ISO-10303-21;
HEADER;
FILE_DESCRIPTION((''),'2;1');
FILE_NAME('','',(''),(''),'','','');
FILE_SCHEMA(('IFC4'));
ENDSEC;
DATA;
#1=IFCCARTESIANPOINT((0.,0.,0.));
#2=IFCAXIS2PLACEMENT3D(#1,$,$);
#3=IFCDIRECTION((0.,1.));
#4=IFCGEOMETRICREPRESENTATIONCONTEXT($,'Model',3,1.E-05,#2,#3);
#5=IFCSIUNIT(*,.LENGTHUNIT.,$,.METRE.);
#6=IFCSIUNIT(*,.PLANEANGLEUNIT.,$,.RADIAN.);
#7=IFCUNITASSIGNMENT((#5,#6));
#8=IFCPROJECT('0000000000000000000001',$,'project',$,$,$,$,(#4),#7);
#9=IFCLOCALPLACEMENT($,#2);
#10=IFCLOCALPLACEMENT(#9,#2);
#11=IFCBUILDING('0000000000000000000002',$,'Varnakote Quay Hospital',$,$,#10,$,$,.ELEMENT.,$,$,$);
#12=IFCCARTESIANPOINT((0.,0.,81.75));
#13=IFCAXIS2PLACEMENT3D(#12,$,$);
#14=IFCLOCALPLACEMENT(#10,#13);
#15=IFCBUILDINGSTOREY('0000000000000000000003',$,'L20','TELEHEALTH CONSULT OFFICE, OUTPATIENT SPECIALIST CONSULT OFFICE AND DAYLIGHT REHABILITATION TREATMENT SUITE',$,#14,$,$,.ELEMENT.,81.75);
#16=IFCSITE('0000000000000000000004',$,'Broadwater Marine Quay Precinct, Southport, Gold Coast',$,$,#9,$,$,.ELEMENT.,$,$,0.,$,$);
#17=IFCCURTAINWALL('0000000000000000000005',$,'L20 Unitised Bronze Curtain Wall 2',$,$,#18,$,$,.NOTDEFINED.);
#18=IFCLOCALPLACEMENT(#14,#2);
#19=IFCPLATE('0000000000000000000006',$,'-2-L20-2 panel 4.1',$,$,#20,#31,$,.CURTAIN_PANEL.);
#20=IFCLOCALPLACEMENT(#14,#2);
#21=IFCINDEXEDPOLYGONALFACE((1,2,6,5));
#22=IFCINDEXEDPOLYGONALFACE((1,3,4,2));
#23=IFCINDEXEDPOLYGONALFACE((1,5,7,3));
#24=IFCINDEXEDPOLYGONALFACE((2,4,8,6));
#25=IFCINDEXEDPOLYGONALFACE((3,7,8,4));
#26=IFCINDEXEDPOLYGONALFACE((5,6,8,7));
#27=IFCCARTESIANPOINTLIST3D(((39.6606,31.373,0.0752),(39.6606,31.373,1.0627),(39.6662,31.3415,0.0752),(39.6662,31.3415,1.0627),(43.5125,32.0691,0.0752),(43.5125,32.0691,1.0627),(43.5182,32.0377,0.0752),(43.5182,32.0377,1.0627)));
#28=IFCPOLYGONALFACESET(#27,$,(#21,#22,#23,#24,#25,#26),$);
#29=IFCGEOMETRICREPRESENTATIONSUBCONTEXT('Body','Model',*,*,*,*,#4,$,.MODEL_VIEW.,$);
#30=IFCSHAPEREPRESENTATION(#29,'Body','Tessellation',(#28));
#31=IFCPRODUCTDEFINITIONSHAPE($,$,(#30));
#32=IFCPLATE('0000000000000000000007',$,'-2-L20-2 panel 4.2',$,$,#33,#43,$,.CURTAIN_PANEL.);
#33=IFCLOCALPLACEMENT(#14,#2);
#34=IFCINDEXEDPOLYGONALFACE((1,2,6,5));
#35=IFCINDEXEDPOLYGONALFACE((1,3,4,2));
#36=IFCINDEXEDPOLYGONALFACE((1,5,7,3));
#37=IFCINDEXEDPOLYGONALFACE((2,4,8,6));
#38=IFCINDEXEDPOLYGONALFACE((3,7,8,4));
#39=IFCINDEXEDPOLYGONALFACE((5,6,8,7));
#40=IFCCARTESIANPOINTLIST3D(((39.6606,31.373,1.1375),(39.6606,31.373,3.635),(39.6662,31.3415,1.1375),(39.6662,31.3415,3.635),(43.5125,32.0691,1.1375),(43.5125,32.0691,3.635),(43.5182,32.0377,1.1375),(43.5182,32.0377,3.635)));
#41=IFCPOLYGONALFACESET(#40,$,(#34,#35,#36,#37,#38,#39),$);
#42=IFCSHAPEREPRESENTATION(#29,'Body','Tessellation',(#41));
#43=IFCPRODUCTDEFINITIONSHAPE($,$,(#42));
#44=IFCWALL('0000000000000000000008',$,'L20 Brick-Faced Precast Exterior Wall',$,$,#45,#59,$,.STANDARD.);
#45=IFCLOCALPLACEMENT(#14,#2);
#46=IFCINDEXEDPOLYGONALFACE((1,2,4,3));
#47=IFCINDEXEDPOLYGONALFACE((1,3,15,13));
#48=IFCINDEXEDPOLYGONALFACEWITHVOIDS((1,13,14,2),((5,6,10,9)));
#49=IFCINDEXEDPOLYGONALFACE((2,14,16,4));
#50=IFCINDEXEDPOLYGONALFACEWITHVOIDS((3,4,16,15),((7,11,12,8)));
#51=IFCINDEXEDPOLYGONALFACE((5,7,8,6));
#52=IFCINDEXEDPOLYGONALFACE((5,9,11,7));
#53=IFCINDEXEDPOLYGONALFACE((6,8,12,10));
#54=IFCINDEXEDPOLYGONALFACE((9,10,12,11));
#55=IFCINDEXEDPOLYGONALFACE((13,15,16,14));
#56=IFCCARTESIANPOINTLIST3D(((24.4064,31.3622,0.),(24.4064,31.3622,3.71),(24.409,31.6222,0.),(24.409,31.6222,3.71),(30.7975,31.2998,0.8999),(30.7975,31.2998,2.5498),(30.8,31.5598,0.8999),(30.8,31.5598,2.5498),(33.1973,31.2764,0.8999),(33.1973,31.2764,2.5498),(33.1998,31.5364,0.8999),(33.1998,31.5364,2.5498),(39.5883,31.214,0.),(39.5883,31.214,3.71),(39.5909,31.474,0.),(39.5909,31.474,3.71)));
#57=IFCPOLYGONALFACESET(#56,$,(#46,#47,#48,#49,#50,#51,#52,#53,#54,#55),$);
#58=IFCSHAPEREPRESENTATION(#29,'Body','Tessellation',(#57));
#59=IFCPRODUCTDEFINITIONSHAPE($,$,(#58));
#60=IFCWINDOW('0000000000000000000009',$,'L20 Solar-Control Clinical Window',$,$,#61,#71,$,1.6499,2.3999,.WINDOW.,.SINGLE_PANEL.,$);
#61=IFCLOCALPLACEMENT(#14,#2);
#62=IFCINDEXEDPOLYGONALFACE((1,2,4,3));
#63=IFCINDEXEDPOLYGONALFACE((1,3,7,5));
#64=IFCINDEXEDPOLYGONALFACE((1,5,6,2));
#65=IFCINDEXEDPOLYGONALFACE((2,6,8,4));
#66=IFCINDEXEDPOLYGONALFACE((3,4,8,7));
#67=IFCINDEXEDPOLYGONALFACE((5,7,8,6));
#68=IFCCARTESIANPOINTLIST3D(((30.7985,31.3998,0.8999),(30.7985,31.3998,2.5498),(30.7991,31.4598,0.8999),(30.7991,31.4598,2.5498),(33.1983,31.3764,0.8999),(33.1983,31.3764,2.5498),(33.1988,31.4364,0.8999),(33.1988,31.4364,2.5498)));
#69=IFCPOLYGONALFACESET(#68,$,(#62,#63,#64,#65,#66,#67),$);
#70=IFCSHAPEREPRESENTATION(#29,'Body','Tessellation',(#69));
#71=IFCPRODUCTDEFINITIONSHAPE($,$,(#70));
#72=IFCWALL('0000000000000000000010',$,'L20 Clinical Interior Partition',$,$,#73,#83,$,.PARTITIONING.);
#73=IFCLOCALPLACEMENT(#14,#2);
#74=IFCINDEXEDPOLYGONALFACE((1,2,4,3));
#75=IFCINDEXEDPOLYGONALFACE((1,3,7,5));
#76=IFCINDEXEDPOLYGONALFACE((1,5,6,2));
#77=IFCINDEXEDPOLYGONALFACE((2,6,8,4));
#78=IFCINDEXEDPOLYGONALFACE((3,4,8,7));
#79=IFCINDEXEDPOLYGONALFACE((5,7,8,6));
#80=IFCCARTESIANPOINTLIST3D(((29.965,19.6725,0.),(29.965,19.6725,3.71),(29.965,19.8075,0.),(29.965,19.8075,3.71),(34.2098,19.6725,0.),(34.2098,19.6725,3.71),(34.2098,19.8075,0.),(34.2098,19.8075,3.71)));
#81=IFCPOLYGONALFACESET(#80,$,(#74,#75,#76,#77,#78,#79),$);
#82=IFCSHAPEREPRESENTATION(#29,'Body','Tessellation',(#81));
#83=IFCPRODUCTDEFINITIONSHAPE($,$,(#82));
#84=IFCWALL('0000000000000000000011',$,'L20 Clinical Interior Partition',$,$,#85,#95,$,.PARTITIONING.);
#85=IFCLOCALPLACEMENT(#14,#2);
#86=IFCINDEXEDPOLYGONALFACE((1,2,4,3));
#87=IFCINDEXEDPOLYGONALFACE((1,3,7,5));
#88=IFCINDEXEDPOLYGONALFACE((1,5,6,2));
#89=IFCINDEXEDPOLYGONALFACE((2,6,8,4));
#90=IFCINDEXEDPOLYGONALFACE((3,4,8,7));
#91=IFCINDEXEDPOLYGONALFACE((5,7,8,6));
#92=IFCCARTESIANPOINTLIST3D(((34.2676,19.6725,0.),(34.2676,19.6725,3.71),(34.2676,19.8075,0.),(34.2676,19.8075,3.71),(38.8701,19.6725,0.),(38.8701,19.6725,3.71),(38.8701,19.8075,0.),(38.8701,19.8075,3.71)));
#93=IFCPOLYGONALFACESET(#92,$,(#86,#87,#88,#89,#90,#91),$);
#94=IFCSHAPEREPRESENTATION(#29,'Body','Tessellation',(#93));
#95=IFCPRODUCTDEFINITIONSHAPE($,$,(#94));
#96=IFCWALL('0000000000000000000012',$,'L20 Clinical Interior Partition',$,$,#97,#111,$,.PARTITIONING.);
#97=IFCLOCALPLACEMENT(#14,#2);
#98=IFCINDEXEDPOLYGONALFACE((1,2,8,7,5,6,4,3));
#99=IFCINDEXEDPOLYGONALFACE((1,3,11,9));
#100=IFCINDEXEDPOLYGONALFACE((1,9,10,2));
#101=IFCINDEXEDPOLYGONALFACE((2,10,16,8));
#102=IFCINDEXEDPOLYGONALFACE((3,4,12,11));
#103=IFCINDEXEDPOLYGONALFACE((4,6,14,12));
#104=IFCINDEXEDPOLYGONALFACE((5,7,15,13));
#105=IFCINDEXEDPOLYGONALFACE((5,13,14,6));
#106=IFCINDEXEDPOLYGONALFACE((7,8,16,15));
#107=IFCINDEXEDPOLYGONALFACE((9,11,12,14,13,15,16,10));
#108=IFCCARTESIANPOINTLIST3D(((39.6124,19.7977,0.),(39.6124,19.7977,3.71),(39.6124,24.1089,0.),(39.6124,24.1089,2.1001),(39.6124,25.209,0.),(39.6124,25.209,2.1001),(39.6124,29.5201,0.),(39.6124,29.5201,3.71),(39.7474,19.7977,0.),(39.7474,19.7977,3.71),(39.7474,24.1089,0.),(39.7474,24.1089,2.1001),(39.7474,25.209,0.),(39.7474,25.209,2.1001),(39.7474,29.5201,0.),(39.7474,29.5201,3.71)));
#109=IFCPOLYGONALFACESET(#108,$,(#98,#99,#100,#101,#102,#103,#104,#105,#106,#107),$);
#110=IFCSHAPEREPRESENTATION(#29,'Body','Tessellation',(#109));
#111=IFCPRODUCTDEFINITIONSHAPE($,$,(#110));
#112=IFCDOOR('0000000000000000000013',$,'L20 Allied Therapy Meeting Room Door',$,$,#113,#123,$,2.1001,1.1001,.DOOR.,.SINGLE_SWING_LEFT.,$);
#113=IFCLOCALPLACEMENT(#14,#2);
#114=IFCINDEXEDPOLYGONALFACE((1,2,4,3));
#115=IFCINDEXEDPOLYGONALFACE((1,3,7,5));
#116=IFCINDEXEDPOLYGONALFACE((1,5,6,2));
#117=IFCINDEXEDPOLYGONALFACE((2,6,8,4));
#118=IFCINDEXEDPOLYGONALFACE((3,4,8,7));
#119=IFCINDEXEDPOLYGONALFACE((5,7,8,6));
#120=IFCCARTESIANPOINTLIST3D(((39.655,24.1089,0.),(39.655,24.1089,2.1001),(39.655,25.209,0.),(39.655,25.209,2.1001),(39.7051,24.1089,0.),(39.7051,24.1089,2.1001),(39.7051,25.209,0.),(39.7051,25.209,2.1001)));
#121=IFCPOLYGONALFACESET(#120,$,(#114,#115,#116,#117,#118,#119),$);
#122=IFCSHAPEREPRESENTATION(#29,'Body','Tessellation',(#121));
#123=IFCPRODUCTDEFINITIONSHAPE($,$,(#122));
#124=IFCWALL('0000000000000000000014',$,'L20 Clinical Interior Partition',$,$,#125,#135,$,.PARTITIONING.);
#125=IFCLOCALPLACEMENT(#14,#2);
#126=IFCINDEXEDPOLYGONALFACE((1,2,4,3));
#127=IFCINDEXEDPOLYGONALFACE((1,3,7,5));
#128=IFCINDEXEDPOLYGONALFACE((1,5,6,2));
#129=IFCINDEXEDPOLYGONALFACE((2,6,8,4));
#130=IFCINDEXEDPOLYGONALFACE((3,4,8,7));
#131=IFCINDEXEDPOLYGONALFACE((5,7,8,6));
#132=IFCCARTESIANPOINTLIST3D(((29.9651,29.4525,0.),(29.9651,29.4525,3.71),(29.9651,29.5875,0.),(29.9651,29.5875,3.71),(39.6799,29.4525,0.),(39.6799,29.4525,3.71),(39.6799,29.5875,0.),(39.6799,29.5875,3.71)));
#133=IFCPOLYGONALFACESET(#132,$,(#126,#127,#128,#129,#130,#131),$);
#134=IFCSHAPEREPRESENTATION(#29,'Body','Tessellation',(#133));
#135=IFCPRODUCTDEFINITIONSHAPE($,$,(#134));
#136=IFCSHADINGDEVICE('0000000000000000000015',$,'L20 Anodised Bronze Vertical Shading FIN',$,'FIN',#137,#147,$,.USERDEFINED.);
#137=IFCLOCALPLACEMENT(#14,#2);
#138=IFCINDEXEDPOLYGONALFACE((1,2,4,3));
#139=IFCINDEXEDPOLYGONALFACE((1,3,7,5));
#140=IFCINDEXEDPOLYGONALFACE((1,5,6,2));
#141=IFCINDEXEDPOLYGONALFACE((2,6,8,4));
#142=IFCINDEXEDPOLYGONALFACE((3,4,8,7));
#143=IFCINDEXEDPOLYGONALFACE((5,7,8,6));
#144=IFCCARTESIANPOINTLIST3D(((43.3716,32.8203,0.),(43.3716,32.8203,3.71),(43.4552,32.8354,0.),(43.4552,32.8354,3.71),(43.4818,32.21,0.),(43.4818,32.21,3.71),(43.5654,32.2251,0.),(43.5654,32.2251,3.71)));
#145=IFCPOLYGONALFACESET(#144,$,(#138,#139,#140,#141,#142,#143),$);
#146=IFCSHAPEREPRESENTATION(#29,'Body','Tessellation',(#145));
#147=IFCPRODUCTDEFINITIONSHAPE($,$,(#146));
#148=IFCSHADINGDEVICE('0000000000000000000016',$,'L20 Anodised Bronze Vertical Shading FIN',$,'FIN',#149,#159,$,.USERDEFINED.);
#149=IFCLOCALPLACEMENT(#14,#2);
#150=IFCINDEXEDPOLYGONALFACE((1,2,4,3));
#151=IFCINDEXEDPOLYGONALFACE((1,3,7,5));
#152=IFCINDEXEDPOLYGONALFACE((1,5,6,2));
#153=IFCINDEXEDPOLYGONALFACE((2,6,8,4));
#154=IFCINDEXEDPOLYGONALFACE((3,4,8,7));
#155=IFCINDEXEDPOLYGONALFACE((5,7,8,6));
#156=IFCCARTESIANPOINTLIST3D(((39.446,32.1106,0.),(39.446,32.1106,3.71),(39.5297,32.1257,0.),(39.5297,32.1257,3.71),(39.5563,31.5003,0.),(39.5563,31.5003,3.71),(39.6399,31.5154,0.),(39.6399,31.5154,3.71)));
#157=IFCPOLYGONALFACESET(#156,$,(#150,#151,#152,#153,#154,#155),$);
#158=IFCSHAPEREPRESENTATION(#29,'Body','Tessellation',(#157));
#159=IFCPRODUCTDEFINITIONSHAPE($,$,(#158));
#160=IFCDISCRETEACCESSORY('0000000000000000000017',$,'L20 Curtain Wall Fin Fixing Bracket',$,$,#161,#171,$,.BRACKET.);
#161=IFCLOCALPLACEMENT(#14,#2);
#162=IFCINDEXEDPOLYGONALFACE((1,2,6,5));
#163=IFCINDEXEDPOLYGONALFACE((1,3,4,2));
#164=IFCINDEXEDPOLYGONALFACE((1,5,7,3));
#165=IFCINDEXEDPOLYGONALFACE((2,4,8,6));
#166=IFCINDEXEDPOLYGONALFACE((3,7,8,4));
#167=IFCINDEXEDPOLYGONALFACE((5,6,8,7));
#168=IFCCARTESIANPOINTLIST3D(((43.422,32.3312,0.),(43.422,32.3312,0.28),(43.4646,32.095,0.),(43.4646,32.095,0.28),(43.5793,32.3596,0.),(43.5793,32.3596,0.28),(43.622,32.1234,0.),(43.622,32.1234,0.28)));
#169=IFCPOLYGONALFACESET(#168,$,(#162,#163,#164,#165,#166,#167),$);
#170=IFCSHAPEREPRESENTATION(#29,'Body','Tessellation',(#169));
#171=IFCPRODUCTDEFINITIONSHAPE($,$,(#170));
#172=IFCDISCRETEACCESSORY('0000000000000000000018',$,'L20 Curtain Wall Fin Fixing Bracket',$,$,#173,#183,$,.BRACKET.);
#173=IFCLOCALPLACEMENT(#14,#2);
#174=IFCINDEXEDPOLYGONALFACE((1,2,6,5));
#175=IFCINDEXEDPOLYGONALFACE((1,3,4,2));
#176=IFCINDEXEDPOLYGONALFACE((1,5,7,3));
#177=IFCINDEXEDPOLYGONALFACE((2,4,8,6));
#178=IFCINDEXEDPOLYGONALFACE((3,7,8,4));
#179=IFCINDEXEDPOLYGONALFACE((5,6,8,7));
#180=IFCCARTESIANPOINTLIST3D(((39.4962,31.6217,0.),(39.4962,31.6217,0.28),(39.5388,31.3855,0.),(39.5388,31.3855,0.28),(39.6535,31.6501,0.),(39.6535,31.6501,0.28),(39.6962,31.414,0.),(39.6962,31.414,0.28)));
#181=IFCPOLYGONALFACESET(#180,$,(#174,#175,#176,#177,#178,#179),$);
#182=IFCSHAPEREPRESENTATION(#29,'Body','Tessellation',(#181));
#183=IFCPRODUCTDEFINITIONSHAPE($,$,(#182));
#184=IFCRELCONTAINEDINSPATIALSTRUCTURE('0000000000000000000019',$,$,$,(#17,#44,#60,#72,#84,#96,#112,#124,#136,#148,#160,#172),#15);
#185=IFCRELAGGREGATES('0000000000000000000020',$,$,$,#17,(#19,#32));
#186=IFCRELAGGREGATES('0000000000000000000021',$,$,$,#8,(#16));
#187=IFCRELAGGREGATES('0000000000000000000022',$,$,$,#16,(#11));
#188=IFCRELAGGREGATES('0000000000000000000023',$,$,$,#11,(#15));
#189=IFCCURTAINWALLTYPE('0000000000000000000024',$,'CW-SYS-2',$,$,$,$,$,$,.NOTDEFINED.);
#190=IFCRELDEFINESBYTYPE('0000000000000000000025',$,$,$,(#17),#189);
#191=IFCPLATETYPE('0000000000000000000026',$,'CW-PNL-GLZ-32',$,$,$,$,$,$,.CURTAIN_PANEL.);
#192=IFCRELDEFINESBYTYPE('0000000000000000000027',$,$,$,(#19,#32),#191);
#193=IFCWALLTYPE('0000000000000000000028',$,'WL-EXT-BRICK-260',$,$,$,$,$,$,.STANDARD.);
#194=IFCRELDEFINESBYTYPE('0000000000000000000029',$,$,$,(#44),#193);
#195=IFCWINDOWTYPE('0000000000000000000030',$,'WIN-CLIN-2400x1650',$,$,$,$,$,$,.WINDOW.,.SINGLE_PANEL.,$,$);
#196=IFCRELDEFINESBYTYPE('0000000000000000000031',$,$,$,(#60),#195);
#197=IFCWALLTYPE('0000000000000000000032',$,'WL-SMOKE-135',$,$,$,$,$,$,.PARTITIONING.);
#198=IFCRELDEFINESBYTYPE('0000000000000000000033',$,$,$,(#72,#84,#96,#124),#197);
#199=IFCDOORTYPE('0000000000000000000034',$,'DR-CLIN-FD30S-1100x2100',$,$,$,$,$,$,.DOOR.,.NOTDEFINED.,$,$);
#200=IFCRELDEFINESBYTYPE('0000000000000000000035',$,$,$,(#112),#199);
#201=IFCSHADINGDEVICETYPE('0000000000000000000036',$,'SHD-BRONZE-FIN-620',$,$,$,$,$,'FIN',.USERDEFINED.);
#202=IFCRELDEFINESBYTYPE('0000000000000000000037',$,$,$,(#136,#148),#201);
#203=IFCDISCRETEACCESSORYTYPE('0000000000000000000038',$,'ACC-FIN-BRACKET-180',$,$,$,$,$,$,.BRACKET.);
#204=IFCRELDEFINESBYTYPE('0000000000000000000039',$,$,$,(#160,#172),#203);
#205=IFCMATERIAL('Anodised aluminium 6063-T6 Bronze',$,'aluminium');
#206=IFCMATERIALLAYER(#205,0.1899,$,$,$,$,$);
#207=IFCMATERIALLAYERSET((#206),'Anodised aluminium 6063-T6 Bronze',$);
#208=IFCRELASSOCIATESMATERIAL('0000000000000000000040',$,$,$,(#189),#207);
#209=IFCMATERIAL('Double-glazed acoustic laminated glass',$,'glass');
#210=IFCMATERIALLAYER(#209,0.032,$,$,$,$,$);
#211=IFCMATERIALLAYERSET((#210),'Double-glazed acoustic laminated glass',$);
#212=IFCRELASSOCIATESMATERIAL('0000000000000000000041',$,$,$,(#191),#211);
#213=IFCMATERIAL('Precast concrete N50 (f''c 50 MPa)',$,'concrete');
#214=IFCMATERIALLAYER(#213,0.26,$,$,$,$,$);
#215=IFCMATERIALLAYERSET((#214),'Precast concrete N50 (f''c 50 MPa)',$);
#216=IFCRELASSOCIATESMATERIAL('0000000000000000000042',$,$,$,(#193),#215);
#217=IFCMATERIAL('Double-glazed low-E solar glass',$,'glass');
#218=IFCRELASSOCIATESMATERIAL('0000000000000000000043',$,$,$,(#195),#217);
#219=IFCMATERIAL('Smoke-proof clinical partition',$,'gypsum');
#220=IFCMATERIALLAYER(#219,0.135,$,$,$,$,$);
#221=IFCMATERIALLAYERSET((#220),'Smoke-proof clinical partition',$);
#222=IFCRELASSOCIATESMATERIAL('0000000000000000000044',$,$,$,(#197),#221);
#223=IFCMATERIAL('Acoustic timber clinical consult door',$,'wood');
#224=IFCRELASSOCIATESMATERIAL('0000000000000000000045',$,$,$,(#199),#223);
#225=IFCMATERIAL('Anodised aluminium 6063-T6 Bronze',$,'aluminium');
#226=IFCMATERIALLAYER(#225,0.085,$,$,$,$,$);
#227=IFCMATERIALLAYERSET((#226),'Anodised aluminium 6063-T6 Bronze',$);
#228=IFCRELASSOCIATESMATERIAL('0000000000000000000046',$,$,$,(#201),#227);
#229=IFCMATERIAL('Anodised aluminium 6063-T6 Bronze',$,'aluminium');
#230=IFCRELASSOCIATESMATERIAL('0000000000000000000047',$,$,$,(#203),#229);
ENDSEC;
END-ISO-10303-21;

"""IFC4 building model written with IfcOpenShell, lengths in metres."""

from ifc_helpers import new_model, si_unit, direction, frame, frame_2d, origin, origin_2d, place, context, subcontext, project, spatial, rectangle, extrude, material, layer, layer_set, type_object, element, fill, aggregate, save


model = new_model("IFC4")

# Units and contexts
model_context = context("Model", 3, precision=1e-05, world=origin(), true_north=direction((0.0, 1.0)))
body_context = subcontext(model_context, "Body", "Model", "MODEL_VIEW")
ifc_project = project(units=[si_unit("LENGTHUNIT", "METRE"), si_unit("PLANEANGLEUNIT", "RADIAN")], contexts=[model_context])

# Site, building, storey
site_placement = place(None, origin())
site = spatial("IfcSite", under=ifc_project, at=site_placement, Name="Broadwater Marine Quay Precinct, Southport, Gold Coast", CompositionType="ELEMENT", RefElevation=0.0)
building_placement = place(site_placement, origin())
building = spatial("IfcBuilding", under=site, at=building_placement, Name="Varnakote Quay Hospital", CompositionType="ELEMENT")
storey_placement = place(building_placement, frame((0.0, 0.0, 81.75)))
storey = spatial("IfcBuildingStorey", under=building, at=storey_placement, Name="L20", Description="TELEHEALTH CONSULT OFFICE, OUTPATIENT SPECIALIST CONSULT OFFICE AND DAYLIGHT REHABILITATION TREATMENT SUITE", CompositionType="ELEMENT", Elevation=81.75)

# Curtain wall
ifc_material_1 = material(Name="Anodised aluminium 6063-T6 Bronze", Category="aluminium")
ifc_layer_1 = layer(ifc_material_1, 0.1899)
ifc_layer_set_1 = layer_set([ifc_layer_1], Name="Anodised aluminium 6063-T6 Bronze")
curtain_wall_type = type_object("IfcCurtainWallType", Name="CW-SYS-2", PredefinedType="NOTDEFINED", material=ifc_layer_set_1)
curtain_wall_placement = place(storey_placement, origin())
curtain_wall = element("IfcCurtainWall", 1, at=curtain_wall_placement, inside=storey, type_object=curtain_wall_type, Name="L20 Unitised Bronze Curtain Wall 2", PredefinedType="NOTDEFINED")

# Plates
ifc_material_2 = material(Name="Double-glazed acoustic laminated glass", Category="glass")
ifc_layer_2 = layer(ifc_material_2, 0.032)
ifc_layer_set_2 = layer_set([ifc_layer_2], Name="Double-glazed acoustic laminated glass")
plate_type = type_object("IfcPlateType", Name="CW-PNL-GLZ-32", PredefinedType="CURTAIN_PANEL", material=ifc_layer_set_2)
plate_1_placement = place(storey_placement, frame((41.5894, 31.7053, 0.0752), z_axis=(0.0, 0.0, 1.0), x_axis=(-0.984058, -0.177846, 0.0)))
plate_1 = element("IfcPlate", 2, at=plate_1_placement, type_object=plate_type, Name="-2-L20-2 panel 4.1", PredefinedType="CURTAIN_PANEL", context=body_context, shape_type="SweptSolid", body=[
    extrude(rectangle(XDim=3.9143, YDim=0.032, at=origin_2d()), origin(), (0.0, 0.0, 1.0), 0.9875),
])
plate_2_placement = place(storey_placement, frame((41.5894, 31.7053, 1.1375), z_axis=(0.0, 0.0, 1.0), x_axis=(-0.984058, -0.177846, 0.0)))
plate_2 = element("IfcPlate", 3, at=plate_2_placement, type_object=plate_type, Name="-2-L20-2 panel 4.2", PredefinedType="CURTAIN_PANEL", context=body_context, shape_type="SweptSolid", body=[
    extrude(rectangle(XDim=3.9143, YDim=0.032, at=origin_2d()), origin(), (0.0, 0.0, 1.0), 2.4976),
])
aggregate(curtain_wall, [plate_1, plate_2])

# Wall, opening, window
ifc_material_3 = material(Name="Precast concrete N50 (f'c 50 MPa)", Category="concrete")
ifc_layer_3 = layer(ifc_material_3, 0.26)
ifc_layer_set_3 = layer_set([ifc_layer_3], Name="Precast concrete N50 (f'c 50 MPa)")
wall_type_1 = type_object("IfcWallType", Name="WL-EXT-BRICK-260", PredefinedType="STANDARD", material=ifc_layer_set_3)
wall_1_placement = place(storey_placement, frame((39.5896, 31.344, 0.0), z_axis=(0.0, 0.0, 1.0), x_axis=(-0.999952, 0.009761, 0.0)))
wall_1 = element("IfcWall", 4, at=wall_1_placement, inside=storey, type_object=wall_type_1, Name="L20 Brick-Faced Precast Exterior Wall", PredefinedType="STANDARD", context=body_context, shape_type="SweptSolid", body=[
    extrude(rectangle(XDim=15.1826, YDim=0.26, at=frame_2d((7.5913, 0.0))), origin(), (0.0, 0.0, 1.0), 3.71),
])
opening_1_placement = place(wall_1_placement, frame((6.3914, 0.0, 0.8999)))
opening_1 = element("IfcOpeningElement", 5, at=opening_1_placement, cuts=wall_1, PredefinedType="OPENING", context=body_context, shape_type="SweptSolid", body=[
    extrude(rectangle(XDim=2.3999, YDim=1.6499, at=frame_2d((1.2, 0.825))), frame((0.0, 0.1399, 0.0), z_axis=(0.0, -1.0, 0.0), x_axis=(1.0, 0.0, 0.0)), (0.0, 0.0, 1.0), 0.28),
])
ifc_material_4 = material(Name="Double-glazed low-E solar glass", Category="glass")
window_type = type_object("IfcWindowType", Name="WIN-CLIN-2400x1650", PartitioningType="SINGLE_PANEL", PredefinedType="WINDOW", material=ifc_material_4)
window_placement = place(opening_1_placement, origin())
window = element("IfcWindow", 6, at=window_placement, inside=storey, type_object=window_type, Name="L20 Solar-Control Clinical Window", OverallHeight=1.6499, OverallWidth=2.3999, PartitioningType="SINGLE_PANEL", PredefinedType="WINDOW", context=body_context, shape_type="SweptSolid", body=[
    extrude(rectangle(XDim=2.3999, YDim=1.6499, at=frame_2d((1.2, 0.825))), frame((0.0, 0.03, 0.0), z_axis=(0.0, -1.0, 0.0), x_axis=(1.0, 0.0, 0.0)), (0.0, 0.0, 1.0), 0.0601),
])
fill(opening_1, window)

# Walls
ifc_material_5 = material(Name="Smoke-proof clinical partition", Category="gypsum")
ifc_layer_4 = layer(ifc_material_5, 0.135)
ifc_layer_set_4 = layer_set([ifc_layer_4], Name="Smoke-proof clinical partition")
wall_type_2 = type_object("IfcWallType", Name="WL-SMOKE-135", PredefinedType="PARTITIONING", material=ifc_layer_set_4)
wall_2_placement = place(storey_placement, frame((34.21, 19.74, 0.0), z_axis=(0.0, 0.0, 1.0), x_axis=(-1.0, 0.0, 0.0)))
element("IfcWall", 7, at=wall_2_placement, inside=storey, type_object=wall_type_2, Name="L20 Clinical Interior Partition", PredefinedType="PARTITIONING", context=body_context, shape_type="SweptSolid", body=[
    extrude(rectangle(XDim=4.2449, YDim=0.135, at=frame_2d((2.1226, 0.0))), origin(), (0.0, 0.0, 1.0), 3.71),
])
wall_3_placement = place(storey_placement, frame((38.8701, 19.74, 0.0), z_axis=(0.0, 0.0, 1.0), x_axis=(-1.0, 0.0, 0.0)))
element("IfcWall", 8, at=wall_3_placement, inside=storey, type_object=wall_type_2, Name="L20 Clinical Interior Partition", PredefinedType="PARTITIONING", context=body_context, shape_type="SweptSolid", body=[
    extrude(rectangle(XDim=4.6025, YDim=0.135, at=frame_2d((2.3013, 0.0))), origin(), (0.0, 0.0, 1.0), 3.71),
])

# Wall, opening, door
wall_4_placement = place(storey_placement, frame((39.6799, 19.7976, 0.0), z_axis=(0.0, 0.0, 1.0), x_axis=(0.0, 1.0, 0.0)))
wall_4 = element("IfcWall", 9, at=wall_4_placement, inside=storey, type_object=wall_type_2, Name="L20 Clinical Interior Partition", PredefinedType="PARTITIONING", context=body_context, shape_type="SweptSolid", body=[
    extrude(rectangle(XDim=9.7224, YDim=0.135, at=frame_2d((4.8613, 0.0))), origin(), (0.0, 0.0, 1.0), 3.71),
])
opening_2_placement = place(wall_4_placement, frame((4.3113, 0.0, 0.0)))
opening_2 = element("IfcOpeningElement", 10, at=opening_2_placement, cuts=wall_4, PredefinedType="OPENING", context=body_context, shape_type="SweptSolid", body=[
    extrude(rectangle(XDim=1.1001, YDim=2.1001, at=frame_2d((0.55, 1.05))), frame((0.0, 0.0774, 0.0), z_axis=(0.0, -1.0, 0.0), x_axis=(1.0, 0.0, 0.0)), (0.0, 0.0, 1.0), 0.155),
])
ifc_material_6 = material(Name="Acoustic timber clinical consult door", Category="wood")
door_type = type_object("IfcDoorType", Name="DR-CLIN-FD30S-1100x2100", OperationType="NOTDEFINED", PredefinedType="DOOR", material=ifc_material_6)
door_placement = place(opening_2_placement, origin())
door = element("IfcDoor", 11, at=door_placement, inside=storey, type_object=door_type, Name="L20 Allied Therapy Meeting Room Door", OperationType="SINGLE_SWING_LEFT", OverallHeight=2.1001, OverallWidth=1.1001, PredefinedType="DOOR", context=body_context, shape_type="SweptSolid", body=[
    extrude(rectangle(XDim=1.1001, YDim=2.1001, at=frame_2d((0.55, 1.05))), frame((0.0, 0.0249, 0.0), z_axis=(0.0, -1.0, 0.0), x_axis=(1.0, 0.0, 0.0)), (0.0, 0.0, 1.0), 0.05),
])
fill(opening_2, door)

# Wall
wall_5_placement = place(storey_placement, frame((39.6799, 29.52, 0.0), z_axis=(0.0, 0.0, 1.0), x_axis=(-1.0, 0.0, 0.0)))
element("IfcWall", 12, at=wall_5_placement, inside=storey, type_object=wall_type_2, Name="L20 Clinical Interior Partition", PredefinedType="PARTITIONING", context=body_context, shape_type="SweptSolid", body=[
    extrude(rectangle(XDim=9.7148, YDim=0.135, at=frame_2d((4.8574, 0.0))), origin(), (0.0, 0.0, 1.0), 3.71),
])

# Shading devices
ifc_material_7 = material(Name="Anodised aluminium 6063-T6 Bronze", Category="aluminium")
ifc_layer_5 = layer(ifc_material_7, 0.085)
ifc_layer_set_5 = layer_set([ifc_layer_5], Name="Anodised aluminium 6063-T6 Bronze")
shading_device_type = type_object("IfcShadingDeviceType", Name="SHD-BRONZE-FIN-620", ElementType="FIN", PredefinedType="USERDEFINED", material=ifc_layer_set_5)
for number, where, z_axis, x_axis, name in (
    (13, (43.4685, 32.5227, 0.0), (0.0, 0.0, 1.0), (0.177772, -0.984072, 0.0), "L20 Anodised Bronze Vertical Shading FIN"),
    (14, (39.543, 31.813, 0.0), (0.0, 0.0, 1.0), (0.177772, -0.984072, 0.0), "L20 Anodised Bronze Vertical Shading FIN"),
):
    element("IfcShadingDevice", number, at=place(storey_placement, frame(where, z_axis=z_axis, x_axis=x_axis)), inside=storey, type_object=shading_device_type, Name=name, ObjectType="FIN", PredefinedType="USERDEFINED", context=body_context, shape_type="SweptSolid", body=[
        extrude(rectangle(XDim=0.6201, YDim=0.085, at=origin_2d()), origin(), (0.0, 0.0, 1.0), 3.71),
    ])

# Discrete accessories
ifc_material_8 = material(Name="Anodised aluminium 6063-T6 Bronze", Category="aluminium")
discrete_accessory_type = type_object("IfcDiscreteAccessoryType", Name="ACC-FIN-BRACKET-180", PredefinedType="BRACKET", material=ifc_material_8)
for number, where, z_axis, x_axis, name in (
    (15, (43.522, 32.2273, 0.0), (0.0, 0.0, 1.0), (-0.984072, -0.177772, 0.0), "L20 Curtain Wall Fin Fixing Bracket"),
    (16, (39.5962, 31.5178, 0.0), (0.0, 0.0, 1.0), (-0.984072, -0.177772, 0.0), "L20 Curtain Wall Fin Fixing Bracket"),
):
    element("IfcDiscreteAccessory", number, at=place(storey_placement, frame(where, z_axis=z_axis, x_axis=x_axis)), inside=storey, type_object=discrete_accessory_type, Name=name, PredefinedType="BRACKET", context=body_context, shape_type="SweptSolid", body=[
        extrude(rectangle(XDim=0.1599, YDim=0.24, at=origin_2d()), origin(), (0.0, 0.0, 1.0), 0.28),
    ])

save(model, "model.ifc")
